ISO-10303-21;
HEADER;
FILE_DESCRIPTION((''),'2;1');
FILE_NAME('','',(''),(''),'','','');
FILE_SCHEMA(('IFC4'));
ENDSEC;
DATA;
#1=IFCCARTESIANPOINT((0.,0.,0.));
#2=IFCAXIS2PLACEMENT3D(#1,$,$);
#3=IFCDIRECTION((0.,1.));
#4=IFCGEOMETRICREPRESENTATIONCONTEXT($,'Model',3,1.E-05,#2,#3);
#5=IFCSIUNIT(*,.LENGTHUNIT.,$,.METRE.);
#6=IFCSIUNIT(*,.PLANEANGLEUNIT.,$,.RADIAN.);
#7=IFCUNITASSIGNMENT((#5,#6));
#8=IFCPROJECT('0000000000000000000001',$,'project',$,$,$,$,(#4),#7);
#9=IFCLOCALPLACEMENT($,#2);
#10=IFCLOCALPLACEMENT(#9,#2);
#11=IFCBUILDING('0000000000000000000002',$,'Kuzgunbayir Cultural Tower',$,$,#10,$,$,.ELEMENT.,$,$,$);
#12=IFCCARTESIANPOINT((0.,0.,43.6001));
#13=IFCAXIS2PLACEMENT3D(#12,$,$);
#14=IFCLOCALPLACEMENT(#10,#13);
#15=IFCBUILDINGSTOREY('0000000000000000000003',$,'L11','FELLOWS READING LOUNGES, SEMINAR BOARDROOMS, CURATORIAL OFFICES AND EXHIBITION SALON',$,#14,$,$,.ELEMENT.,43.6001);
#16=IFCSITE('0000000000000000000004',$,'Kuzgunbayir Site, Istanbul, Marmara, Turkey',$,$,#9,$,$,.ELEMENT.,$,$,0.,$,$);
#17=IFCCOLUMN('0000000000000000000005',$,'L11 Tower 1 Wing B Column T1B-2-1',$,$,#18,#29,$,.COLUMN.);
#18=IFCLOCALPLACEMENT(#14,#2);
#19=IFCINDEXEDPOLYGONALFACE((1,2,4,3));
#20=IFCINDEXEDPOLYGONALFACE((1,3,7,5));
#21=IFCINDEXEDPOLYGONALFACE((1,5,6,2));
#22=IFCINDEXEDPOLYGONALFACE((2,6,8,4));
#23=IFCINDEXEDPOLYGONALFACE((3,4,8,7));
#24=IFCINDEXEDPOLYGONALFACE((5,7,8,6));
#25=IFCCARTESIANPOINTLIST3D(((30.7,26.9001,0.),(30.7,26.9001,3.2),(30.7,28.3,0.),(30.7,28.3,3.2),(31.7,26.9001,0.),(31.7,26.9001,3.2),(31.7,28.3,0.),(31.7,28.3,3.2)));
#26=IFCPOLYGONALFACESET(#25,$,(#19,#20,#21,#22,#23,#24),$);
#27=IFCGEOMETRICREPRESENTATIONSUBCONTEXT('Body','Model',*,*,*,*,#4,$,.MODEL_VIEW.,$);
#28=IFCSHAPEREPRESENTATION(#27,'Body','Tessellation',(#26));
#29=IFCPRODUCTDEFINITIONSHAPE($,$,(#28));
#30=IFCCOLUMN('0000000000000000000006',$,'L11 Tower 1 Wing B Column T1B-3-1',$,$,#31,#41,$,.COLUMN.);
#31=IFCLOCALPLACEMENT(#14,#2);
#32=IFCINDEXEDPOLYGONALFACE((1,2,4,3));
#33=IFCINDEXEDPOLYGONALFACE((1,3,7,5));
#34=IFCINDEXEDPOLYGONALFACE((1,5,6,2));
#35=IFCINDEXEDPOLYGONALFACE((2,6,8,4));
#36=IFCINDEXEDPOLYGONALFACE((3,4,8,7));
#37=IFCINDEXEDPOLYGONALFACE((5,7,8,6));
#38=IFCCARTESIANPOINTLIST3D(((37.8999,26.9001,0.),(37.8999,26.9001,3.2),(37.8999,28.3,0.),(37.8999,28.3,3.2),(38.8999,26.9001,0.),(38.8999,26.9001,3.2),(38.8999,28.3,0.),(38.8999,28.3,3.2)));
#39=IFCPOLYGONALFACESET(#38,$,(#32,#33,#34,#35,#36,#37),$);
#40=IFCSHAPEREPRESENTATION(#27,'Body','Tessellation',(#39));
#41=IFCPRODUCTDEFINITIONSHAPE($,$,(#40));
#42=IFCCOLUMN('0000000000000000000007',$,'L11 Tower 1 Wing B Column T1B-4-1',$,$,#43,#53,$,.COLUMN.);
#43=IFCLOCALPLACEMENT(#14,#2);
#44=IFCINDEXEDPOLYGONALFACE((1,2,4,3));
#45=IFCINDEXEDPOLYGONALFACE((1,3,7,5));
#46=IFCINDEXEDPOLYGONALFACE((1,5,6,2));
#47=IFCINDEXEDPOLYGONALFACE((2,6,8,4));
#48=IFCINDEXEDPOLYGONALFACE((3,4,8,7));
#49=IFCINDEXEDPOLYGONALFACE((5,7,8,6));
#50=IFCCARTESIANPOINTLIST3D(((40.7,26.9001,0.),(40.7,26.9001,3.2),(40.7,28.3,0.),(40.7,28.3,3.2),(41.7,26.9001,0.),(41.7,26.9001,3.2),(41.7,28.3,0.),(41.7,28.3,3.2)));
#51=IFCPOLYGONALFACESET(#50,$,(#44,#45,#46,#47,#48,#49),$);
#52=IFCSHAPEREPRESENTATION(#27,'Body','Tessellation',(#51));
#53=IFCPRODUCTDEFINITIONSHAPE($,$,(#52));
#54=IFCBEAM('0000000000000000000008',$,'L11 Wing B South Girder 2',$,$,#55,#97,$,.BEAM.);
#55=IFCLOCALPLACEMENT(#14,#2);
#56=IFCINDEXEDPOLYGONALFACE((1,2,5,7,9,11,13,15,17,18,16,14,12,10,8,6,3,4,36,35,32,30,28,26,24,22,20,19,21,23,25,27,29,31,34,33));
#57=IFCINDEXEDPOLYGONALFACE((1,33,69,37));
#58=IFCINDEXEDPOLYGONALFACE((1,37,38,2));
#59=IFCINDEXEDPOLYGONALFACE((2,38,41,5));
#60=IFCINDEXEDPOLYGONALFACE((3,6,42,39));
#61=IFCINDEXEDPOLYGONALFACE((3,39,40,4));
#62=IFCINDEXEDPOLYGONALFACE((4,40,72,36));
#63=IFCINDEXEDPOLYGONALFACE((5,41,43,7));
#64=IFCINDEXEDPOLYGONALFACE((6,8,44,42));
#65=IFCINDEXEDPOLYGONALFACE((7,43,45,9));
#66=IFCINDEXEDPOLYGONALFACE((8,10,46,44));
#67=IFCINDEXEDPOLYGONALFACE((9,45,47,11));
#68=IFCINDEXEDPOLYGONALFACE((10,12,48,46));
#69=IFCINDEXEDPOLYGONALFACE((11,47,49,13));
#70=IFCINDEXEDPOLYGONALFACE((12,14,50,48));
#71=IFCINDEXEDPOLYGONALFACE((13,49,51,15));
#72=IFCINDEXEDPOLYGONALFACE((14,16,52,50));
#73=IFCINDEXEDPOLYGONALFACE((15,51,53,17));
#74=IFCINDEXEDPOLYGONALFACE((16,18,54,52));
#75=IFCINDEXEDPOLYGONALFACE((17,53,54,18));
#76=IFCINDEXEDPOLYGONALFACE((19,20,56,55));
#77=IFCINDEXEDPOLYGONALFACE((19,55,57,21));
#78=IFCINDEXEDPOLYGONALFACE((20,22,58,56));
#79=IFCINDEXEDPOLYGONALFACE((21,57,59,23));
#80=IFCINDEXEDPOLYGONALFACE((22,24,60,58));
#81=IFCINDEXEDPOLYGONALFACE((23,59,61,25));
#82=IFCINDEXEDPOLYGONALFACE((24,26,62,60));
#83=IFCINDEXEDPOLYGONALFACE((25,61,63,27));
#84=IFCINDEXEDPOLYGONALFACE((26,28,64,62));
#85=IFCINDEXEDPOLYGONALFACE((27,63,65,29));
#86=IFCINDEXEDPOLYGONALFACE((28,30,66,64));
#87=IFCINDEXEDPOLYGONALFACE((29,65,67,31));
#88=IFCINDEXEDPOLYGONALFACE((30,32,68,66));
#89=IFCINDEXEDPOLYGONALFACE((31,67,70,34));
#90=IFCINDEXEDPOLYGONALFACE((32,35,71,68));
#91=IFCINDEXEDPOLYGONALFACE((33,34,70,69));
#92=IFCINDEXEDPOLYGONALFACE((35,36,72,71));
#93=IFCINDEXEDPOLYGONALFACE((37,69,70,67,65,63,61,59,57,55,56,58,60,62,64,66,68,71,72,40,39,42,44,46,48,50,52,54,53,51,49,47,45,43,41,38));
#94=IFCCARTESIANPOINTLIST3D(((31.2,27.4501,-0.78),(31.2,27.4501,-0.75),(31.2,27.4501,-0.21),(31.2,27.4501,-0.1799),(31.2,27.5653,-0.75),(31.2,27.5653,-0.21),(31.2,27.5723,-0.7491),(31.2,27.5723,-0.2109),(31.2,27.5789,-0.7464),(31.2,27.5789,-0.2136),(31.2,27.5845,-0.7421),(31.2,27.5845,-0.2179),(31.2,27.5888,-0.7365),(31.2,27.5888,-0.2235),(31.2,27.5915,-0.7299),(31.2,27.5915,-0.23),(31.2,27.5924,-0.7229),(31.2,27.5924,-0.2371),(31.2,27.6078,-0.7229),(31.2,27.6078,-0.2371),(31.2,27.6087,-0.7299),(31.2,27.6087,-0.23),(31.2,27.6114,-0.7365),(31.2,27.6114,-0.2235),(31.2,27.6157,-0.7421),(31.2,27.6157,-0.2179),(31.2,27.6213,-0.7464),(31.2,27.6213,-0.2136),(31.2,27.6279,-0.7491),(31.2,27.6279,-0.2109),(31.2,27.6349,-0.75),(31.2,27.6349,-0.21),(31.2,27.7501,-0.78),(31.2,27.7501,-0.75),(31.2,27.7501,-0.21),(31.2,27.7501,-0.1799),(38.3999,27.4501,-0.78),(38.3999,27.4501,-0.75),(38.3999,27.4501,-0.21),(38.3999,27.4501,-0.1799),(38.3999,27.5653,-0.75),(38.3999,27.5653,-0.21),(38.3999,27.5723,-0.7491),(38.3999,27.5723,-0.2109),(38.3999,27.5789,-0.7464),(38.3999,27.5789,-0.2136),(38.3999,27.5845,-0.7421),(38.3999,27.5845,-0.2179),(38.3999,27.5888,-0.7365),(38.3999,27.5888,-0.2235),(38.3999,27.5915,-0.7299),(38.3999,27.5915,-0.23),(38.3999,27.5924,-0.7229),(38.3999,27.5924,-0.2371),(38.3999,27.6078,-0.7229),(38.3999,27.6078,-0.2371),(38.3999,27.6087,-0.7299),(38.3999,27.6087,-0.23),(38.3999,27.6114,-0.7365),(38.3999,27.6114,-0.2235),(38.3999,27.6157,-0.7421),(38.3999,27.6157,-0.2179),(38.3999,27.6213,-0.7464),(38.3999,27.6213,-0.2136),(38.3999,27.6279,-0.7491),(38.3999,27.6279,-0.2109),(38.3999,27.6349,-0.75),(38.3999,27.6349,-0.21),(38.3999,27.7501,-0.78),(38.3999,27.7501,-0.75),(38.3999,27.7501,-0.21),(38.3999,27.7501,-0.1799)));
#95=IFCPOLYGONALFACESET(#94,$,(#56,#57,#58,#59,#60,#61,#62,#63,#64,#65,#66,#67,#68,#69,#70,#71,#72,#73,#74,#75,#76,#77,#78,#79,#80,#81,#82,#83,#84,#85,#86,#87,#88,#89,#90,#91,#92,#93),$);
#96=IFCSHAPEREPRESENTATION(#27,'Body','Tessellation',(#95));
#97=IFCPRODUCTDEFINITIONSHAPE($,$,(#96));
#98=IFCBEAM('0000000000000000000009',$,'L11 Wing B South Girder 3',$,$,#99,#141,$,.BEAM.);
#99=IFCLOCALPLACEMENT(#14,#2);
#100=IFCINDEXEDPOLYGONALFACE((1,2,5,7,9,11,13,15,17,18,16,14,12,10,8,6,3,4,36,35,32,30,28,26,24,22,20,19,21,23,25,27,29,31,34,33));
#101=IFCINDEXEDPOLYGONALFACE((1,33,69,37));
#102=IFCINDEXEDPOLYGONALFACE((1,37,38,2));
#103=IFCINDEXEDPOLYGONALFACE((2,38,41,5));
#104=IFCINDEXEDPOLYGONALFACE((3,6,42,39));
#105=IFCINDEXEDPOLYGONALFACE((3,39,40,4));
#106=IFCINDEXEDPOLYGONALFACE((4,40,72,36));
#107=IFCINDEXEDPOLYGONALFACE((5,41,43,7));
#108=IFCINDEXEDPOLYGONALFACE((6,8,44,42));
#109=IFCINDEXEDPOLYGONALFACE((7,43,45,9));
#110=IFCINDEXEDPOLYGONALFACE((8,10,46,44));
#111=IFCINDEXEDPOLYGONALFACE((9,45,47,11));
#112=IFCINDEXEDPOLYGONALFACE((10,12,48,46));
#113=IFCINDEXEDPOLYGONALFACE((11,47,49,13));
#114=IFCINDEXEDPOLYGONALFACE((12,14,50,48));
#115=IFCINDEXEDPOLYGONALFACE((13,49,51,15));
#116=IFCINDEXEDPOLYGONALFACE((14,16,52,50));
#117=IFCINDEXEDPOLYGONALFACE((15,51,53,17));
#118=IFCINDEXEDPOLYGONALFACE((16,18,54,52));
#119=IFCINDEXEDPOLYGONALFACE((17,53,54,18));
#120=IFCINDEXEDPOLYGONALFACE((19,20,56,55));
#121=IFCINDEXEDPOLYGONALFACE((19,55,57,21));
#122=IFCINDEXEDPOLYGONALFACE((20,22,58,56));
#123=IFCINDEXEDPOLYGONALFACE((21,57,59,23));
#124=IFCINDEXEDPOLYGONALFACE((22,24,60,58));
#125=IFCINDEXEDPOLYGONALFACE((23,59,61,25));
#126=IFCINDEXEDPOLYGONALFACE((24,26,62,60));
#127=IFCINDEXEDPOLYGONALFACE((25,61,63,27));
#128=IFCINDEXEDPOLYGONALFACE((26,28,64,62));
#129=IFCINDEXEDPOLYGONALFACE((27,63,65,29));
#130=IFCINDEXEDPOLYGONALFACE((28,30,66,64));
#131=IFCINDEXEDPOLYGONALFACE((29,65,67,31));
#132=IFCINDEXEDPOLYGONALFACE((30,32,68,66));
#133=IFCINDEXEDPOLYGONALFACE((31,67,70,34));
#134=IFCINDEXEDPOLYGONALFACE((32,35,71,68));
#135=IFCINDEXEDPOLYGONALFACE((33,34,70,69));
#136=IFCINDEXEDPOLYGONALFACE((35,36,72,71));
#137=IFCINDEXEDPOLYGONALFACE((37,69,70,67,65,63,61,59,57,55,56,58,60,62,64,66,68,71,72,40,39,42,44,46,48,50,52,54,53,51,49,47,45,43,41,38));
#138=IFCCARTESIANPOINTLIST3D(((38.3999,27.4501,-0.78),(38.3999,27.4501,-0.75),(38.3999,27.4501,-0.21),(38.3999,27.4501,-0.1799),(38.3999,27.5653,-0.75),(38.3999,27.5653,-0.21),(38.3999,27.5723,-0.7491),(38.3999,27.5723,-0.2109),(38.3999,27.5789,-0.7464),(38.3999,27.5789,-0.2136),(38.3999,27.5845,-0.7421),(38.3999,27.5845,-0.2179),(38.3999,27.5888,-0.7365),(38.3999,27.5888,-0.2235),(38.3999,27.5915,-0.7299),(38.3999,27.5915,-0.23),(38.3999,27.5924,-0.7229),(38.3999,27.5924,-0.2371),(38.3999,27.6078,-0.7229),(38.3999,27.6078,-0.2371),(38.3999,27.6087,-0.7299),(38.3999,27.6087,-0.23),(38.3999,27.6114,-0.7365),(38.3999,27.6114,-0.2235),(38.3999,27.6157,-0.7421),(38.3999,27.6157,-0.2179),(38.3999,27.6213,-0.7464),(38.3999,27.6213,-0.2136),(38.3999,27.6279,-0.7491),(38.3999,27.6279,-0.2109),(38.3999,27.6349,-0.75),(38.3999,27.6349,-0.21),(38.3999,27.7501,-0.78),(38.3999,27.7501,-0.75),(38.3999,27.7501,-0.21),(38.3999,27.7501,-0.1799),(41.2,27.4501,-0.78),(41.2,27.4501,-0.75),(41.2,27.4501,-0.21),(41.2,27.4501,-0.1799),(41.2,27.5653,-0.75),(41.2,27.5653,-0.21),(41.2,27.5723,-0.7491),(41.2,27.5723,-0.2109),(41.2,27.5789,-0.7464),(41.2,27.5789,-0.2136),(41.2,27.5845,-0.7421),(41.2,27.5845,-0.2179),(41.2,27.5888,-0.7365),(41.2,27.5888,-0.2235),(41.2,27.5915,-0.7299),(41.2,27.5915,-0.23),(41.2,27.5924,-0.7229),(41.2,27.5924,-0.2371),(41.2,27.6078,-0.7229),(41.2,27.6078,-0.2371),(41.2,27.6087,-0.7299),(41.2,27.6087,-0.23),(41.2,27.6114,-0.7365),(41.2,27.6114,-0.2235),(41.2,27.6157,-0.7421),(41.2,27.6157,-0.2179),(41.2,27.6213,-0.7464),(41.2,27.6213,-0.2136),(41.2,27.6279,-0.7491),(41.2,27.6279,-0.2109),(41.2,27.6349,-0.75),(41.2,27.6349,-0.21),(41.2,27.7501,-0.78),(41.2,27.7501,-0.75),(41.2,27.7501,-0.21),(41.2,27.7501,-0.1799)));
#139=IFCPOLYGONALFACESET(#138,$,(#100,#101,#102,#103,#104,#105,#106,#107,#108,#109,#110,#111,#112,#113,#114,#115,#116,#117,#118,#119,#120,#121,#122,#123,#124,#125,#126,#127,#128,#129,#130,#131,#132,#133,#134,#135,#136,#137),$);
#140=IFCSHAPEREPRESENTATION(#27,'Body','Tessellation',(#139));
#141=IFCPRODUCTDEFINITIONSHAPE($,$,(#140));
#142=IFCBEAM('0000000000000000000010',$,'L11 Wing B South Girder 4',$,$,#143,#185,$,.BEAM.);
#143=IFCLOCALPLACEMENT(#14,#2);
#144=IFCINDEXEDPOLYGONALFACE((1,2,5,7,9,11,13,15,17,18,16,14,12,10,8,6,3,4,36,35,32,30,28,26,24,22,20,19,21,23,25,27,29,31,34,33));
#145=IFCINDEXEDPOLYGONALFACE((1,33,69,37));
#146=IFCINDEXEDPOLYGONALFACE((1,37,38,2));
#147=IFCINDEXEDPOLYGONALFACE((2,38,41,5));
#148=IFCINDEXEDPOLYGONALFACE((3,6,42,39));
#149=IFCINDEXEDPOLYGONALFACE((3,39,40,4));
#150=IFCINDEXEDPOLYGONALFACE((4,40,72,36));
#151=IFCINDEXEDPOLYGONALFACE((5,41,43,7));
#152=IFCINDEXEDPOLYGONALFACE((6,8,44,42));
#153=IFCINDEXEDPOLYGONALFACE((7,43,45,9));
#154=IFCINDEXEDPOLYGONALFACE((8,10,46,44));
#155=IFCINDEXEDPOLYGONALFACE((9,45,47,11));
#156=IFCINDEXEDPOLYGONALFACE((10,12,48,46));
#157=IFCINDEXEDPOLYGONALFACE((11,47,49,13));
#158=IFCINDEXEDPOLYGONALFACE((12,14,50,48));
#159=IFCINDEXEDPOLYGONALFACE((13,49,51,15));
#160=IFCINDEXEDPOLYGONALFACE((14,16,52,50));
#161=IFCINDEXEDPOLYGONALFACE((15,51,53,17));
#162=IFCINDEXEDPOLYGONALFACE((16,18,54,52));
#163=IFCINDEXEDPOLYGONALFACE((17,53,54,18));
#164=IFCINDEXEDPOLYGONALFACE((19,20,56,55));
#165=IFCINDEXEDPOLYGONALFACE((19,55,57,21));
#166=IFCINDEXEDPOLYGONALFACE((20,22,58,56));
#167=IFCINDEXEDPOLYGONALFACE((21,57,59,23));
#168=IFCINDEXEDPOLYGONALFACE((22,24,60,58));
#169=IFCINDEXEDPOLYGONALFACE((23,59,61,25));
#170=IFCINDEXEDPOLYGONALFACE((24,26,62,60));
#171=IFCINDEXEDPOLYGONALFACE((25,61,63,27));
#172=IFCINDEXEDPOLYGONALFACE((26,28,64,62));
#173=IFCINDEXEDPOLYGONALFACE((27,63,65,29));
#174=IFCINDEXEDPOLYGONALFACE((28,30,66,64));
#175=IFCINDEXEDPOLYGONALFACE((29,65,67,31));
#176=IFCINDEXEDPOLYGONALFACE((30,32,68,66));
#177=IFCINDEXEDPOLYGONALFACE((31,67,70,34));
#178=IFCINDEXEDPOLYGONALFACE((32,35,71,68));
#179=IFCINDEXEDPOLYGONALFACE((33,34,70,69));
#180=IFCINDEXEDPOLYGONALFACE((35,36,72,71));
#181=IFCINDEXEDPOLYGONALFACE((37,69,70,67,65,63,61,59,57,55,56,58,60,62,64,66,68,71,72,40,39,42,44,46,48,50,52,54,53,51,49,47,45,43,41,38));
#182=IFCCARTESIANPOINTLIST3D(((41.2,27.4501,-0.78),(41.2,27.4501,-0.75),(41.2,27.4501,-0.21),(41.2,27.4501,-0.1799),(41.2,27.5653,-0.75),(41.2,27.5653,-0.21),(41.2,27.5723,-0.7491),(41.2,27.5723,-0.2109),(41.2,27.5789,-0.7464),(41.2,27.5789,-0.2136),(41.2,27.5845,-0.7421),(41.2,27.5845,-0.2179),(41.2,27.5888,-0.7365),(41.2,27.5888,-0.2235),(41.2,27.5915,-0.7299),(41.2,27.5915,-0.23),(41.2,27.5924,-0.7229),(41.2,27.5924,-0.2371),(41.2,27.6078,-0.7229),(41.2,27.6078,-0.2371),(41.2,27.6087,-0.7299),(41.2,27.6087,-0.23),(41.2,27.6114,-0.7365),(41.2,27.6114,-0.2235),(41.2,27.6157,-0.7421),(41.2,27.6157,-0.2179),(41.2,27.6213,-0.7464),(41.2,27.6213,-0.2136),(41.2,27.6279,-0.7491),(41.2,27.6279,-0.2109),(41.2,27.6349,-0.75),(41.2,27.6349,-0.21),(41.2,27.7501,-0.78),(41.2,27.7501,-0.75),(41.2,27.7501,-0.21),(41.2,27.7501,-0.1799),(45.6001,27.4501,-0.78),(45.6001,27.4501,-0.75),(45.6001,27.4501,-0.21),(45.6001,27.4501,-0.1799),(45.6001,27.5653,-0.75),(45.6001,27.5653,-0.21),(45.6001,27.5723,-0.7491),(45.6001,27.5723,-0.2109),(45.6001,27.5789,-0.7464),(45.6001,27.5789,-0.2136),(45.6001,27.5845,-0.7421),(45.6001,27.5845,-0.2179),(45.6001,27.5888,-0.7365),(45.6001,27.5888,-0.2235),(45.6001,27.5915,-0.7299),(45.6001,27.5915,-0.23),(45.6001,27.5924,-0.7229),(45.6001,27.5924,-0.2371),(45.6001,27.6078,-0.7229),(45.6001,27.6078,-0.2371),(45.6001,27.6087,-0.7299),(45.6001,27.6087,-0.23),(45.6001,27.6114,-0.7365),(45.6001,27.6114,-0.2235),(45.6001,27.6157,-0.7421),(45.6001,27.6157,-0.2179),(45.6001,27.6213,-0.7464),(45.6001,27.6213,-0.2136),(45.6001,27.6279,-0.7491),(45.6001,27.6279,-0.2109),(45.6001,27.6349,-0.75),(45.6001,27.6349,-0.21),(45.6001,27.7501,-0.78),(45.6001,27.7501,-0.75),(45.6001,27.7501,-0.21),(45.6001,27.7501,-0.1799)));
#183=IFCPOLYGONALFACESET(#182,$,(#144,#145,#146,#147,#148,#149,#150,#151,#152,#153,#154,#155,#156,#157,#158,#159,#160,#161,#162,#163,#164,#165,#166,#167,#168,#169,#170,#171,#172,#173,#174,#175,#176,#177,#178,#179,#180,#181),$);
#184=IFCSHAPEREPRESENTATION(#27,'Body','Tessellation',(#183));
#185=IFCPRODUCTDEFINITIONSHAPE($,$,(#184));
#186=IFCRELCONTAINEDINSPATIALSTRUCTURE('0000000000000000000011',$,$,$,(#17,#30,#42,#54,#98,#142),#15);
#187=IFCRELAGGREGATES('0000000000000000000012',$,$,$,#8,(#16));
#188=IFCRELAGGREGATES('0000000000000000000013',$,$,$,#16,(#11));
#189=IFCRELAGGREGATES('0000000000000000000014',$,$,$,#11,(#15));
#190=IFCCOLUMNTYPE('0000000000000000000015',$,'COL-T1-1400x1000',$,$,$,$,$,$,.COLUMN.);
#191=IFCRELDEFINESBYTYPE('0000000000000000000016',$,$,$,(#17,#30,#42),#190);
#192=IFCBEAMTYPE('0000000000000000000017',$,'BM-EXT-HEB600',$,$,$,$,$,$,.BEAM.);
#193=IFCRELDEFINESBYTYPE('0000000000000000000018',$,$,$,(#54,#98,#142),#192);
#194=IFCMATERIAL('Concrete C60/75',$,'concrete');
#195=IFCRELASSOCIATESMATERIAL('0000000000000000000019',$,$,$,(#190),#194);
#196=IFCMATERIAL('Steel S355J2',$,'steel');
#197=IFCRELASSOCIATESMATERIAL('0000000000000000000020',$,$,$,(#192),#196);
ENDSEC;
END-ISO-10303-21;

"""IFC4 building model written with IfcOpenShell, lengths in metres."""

from ifc_helpers import new_model, si_unit, direction, frame, origin, origin_2d, place, context, subcontext, project, spatial, rectangle, i_section, extrude, material, material_profile, profile_set, type_object, element, save


model = new_model("IFC4")

# Units and contexts
model_context = context("Model", 3, precision=1e-05, world=origin(), true_north=direction((0.0, 1.0)))
body_context = subcontext(model_context, "Body", "Model", "MODEL_VIEW")
ifc_project = project(units=[si_unit("LENGTHUNIT", "METRE"), si_unit("PLANEANGLEUNIT", "RADIAN")], contexts=[model_context])

# Site, building, storey
site_placement = place(None, origin())
site = spatial("IfcSite", under=ifc_project, at=site_placement, Name="Kuzgunbayir Site, Istanbul, Marmara, Turkey", CompositionType="ELEMENT", RefElevation=0.0)
building_placement = place(site_placement, origin())
building = spatial("IfcBuilding", under=site, at=building_placement, Name="Kuzgunbayir Cultural Tower", CompositionType="ELEMENT")
storey_placement = place(building_placement, frame((0.0, 0.0, 43.6001)))
storey = spatial("IfcBuildingStorey", under=building, at=storey_placement, Name="L11", Description="FELLOWS READING LOUNGES, SEMINAR BOARDROOMS, CURATORIAL OFFICES AND EXHIBITION SALON", CompositionType="ELEMENT", Elevation=43.6001)

# Columns
ifc_material_1 = material(Name="Concrete C60/75", Category="concrete")
ifc_material_profile_1 = material_profile(ifc_material_1, rectangle(XDim=1.0, YDim=1.3999, at=origin_2d()), Name="RC 1400x1000")
ifc_profile_set_1 = profile_set([ifc_material_profile_1], Name="Concrete C60/75")
column_type = type_object("IfcColumnType", Name="COL-T1-1400x1000", PredefinedType="COLUMN", material=ifc_profile_set_1)
for number, where, z_axis, x_axis, name in (
    (1, (31.2, 27.6001, 0.0), (0.0, 0.0, 1.0), (1.0, 0.0, 0.0), "L11 Tower 1 Wing B Column T1B-2-1"),
    (2, (38.3999, 27.6001, 0.0), (0.0, 0.0, 1.0), (1.0, 0.0, 0.0), "L11 Tower 1 Wing B Column T1B-3-1"),
    (3, (41.2, 27.6001, 0.0), (0.0, 0.0, 1.0), (1.0, 0.0, 0.0), "L11 Tower 1 Wing B Column T1B-4-1"),
):
    element("IfcColumn", number, at=place(storey_placement, frame(where, z_axis=z_axis, x_axis=x_axis)), inside=storey, type_object=column_type, Name=name, PredefinedType="COLUMN", context=body_context, shape_type="SweptSolid", body=[
        extrude(rectangle(XDim=1.0, YDim=1.3999, at=origin_2d()), origin(), (0.0, 0.0, 1.0), 3.2),
    ])

# Beams
ifc_material_2 = material(Name="Steel S355J2", Category="steel")
ifc_material_profile_2 = material_profile(ifc_material_2, i_section(OverallWidth=0.3, OverallDepth=0.6001, WebThickness=0.0154, FlangeThickness=0.03, FilletRadius=0.0271, at=origin_2d()), Name="HEB 600")
ifc_profile_set_2 = profile_set([ifc_material_profile_2], Name="Steel S355J2")
beam_type_1 = type_object("IfcBeamType", Name="BM-EXT-HEB600", PredefinedType="BEAM", material=ifc_profile_set_2)
beam_1_placement = place(storey_placement, frame((31.2, 27.6001, -0.48), z_axis=(1.0, 0.0, 0.0), x_axis=(0.0, 1.0, 0.0)))
element("IfcBeam", 4, at=beam_1_placement, inside=storey, type_object=beam_type_1, Name="L11 Wing B South Girder 2", PredefinedType="BEAM", context=body_context, shape_type="SweptSolid", body=[
    extrude(i_section(OverallWidth=0.3, OverallDepth=0.6001, WebThickness=0.0154, FlangeThickness=0.03, FilletRadius=0.0271, at=origin_2d()), origin(), (0.0, 0.0, 1.0), 7.2),
])
beam_2_placement = place(storey_placement, frame((38.3999, 27.6001, -0.48), z_axis=(1.0, 0.0, 0.0), x_axis=(0.0, 1.0, 0.0)))
element("IfcBeam", 5, at=beam_2_placement, inside=storey, type_object=beam_type_1, Name="L11 Wing B South Girder 3", PredefinedType="BEAM", context=body_context, shape_type="SweptSolid", body=[
    extrude(i_section(OverallWidth=0.3, OverallDepth=0.6001, WebThickness=0.0154, FlangeThickness=0.03, FilletRadius=0.0271, at=origin_2d()), origin(), (0.0, 0.0, 1.0), 2.8),
])
beam_3_placement = place(storey_placement, frame((41.2, 27.6001, -0.48), z_axis=(1.0, 0.0, 0.0), x_axis=(0.0, 1.0, 0.0)))
element("IfcBeam", 6, at=beam_3_placement, inside=storey, type_object=beam_type_1, Name="L11 Wing B South Girder 4", PredefinedType="BEAM", context=body_context, shape_type="SweptSolid", body=[
    extrude(i_section(OverallWidth=0.3, OverallDepth=0.6001, WebThickness=0.0154, FlangeThickness=0.03, FilletRadius=0.0271, at=origin_2d()), origin(), (0.0, 0.0, 1.0), 4.4001),
])

save(model, "model.ifc")
